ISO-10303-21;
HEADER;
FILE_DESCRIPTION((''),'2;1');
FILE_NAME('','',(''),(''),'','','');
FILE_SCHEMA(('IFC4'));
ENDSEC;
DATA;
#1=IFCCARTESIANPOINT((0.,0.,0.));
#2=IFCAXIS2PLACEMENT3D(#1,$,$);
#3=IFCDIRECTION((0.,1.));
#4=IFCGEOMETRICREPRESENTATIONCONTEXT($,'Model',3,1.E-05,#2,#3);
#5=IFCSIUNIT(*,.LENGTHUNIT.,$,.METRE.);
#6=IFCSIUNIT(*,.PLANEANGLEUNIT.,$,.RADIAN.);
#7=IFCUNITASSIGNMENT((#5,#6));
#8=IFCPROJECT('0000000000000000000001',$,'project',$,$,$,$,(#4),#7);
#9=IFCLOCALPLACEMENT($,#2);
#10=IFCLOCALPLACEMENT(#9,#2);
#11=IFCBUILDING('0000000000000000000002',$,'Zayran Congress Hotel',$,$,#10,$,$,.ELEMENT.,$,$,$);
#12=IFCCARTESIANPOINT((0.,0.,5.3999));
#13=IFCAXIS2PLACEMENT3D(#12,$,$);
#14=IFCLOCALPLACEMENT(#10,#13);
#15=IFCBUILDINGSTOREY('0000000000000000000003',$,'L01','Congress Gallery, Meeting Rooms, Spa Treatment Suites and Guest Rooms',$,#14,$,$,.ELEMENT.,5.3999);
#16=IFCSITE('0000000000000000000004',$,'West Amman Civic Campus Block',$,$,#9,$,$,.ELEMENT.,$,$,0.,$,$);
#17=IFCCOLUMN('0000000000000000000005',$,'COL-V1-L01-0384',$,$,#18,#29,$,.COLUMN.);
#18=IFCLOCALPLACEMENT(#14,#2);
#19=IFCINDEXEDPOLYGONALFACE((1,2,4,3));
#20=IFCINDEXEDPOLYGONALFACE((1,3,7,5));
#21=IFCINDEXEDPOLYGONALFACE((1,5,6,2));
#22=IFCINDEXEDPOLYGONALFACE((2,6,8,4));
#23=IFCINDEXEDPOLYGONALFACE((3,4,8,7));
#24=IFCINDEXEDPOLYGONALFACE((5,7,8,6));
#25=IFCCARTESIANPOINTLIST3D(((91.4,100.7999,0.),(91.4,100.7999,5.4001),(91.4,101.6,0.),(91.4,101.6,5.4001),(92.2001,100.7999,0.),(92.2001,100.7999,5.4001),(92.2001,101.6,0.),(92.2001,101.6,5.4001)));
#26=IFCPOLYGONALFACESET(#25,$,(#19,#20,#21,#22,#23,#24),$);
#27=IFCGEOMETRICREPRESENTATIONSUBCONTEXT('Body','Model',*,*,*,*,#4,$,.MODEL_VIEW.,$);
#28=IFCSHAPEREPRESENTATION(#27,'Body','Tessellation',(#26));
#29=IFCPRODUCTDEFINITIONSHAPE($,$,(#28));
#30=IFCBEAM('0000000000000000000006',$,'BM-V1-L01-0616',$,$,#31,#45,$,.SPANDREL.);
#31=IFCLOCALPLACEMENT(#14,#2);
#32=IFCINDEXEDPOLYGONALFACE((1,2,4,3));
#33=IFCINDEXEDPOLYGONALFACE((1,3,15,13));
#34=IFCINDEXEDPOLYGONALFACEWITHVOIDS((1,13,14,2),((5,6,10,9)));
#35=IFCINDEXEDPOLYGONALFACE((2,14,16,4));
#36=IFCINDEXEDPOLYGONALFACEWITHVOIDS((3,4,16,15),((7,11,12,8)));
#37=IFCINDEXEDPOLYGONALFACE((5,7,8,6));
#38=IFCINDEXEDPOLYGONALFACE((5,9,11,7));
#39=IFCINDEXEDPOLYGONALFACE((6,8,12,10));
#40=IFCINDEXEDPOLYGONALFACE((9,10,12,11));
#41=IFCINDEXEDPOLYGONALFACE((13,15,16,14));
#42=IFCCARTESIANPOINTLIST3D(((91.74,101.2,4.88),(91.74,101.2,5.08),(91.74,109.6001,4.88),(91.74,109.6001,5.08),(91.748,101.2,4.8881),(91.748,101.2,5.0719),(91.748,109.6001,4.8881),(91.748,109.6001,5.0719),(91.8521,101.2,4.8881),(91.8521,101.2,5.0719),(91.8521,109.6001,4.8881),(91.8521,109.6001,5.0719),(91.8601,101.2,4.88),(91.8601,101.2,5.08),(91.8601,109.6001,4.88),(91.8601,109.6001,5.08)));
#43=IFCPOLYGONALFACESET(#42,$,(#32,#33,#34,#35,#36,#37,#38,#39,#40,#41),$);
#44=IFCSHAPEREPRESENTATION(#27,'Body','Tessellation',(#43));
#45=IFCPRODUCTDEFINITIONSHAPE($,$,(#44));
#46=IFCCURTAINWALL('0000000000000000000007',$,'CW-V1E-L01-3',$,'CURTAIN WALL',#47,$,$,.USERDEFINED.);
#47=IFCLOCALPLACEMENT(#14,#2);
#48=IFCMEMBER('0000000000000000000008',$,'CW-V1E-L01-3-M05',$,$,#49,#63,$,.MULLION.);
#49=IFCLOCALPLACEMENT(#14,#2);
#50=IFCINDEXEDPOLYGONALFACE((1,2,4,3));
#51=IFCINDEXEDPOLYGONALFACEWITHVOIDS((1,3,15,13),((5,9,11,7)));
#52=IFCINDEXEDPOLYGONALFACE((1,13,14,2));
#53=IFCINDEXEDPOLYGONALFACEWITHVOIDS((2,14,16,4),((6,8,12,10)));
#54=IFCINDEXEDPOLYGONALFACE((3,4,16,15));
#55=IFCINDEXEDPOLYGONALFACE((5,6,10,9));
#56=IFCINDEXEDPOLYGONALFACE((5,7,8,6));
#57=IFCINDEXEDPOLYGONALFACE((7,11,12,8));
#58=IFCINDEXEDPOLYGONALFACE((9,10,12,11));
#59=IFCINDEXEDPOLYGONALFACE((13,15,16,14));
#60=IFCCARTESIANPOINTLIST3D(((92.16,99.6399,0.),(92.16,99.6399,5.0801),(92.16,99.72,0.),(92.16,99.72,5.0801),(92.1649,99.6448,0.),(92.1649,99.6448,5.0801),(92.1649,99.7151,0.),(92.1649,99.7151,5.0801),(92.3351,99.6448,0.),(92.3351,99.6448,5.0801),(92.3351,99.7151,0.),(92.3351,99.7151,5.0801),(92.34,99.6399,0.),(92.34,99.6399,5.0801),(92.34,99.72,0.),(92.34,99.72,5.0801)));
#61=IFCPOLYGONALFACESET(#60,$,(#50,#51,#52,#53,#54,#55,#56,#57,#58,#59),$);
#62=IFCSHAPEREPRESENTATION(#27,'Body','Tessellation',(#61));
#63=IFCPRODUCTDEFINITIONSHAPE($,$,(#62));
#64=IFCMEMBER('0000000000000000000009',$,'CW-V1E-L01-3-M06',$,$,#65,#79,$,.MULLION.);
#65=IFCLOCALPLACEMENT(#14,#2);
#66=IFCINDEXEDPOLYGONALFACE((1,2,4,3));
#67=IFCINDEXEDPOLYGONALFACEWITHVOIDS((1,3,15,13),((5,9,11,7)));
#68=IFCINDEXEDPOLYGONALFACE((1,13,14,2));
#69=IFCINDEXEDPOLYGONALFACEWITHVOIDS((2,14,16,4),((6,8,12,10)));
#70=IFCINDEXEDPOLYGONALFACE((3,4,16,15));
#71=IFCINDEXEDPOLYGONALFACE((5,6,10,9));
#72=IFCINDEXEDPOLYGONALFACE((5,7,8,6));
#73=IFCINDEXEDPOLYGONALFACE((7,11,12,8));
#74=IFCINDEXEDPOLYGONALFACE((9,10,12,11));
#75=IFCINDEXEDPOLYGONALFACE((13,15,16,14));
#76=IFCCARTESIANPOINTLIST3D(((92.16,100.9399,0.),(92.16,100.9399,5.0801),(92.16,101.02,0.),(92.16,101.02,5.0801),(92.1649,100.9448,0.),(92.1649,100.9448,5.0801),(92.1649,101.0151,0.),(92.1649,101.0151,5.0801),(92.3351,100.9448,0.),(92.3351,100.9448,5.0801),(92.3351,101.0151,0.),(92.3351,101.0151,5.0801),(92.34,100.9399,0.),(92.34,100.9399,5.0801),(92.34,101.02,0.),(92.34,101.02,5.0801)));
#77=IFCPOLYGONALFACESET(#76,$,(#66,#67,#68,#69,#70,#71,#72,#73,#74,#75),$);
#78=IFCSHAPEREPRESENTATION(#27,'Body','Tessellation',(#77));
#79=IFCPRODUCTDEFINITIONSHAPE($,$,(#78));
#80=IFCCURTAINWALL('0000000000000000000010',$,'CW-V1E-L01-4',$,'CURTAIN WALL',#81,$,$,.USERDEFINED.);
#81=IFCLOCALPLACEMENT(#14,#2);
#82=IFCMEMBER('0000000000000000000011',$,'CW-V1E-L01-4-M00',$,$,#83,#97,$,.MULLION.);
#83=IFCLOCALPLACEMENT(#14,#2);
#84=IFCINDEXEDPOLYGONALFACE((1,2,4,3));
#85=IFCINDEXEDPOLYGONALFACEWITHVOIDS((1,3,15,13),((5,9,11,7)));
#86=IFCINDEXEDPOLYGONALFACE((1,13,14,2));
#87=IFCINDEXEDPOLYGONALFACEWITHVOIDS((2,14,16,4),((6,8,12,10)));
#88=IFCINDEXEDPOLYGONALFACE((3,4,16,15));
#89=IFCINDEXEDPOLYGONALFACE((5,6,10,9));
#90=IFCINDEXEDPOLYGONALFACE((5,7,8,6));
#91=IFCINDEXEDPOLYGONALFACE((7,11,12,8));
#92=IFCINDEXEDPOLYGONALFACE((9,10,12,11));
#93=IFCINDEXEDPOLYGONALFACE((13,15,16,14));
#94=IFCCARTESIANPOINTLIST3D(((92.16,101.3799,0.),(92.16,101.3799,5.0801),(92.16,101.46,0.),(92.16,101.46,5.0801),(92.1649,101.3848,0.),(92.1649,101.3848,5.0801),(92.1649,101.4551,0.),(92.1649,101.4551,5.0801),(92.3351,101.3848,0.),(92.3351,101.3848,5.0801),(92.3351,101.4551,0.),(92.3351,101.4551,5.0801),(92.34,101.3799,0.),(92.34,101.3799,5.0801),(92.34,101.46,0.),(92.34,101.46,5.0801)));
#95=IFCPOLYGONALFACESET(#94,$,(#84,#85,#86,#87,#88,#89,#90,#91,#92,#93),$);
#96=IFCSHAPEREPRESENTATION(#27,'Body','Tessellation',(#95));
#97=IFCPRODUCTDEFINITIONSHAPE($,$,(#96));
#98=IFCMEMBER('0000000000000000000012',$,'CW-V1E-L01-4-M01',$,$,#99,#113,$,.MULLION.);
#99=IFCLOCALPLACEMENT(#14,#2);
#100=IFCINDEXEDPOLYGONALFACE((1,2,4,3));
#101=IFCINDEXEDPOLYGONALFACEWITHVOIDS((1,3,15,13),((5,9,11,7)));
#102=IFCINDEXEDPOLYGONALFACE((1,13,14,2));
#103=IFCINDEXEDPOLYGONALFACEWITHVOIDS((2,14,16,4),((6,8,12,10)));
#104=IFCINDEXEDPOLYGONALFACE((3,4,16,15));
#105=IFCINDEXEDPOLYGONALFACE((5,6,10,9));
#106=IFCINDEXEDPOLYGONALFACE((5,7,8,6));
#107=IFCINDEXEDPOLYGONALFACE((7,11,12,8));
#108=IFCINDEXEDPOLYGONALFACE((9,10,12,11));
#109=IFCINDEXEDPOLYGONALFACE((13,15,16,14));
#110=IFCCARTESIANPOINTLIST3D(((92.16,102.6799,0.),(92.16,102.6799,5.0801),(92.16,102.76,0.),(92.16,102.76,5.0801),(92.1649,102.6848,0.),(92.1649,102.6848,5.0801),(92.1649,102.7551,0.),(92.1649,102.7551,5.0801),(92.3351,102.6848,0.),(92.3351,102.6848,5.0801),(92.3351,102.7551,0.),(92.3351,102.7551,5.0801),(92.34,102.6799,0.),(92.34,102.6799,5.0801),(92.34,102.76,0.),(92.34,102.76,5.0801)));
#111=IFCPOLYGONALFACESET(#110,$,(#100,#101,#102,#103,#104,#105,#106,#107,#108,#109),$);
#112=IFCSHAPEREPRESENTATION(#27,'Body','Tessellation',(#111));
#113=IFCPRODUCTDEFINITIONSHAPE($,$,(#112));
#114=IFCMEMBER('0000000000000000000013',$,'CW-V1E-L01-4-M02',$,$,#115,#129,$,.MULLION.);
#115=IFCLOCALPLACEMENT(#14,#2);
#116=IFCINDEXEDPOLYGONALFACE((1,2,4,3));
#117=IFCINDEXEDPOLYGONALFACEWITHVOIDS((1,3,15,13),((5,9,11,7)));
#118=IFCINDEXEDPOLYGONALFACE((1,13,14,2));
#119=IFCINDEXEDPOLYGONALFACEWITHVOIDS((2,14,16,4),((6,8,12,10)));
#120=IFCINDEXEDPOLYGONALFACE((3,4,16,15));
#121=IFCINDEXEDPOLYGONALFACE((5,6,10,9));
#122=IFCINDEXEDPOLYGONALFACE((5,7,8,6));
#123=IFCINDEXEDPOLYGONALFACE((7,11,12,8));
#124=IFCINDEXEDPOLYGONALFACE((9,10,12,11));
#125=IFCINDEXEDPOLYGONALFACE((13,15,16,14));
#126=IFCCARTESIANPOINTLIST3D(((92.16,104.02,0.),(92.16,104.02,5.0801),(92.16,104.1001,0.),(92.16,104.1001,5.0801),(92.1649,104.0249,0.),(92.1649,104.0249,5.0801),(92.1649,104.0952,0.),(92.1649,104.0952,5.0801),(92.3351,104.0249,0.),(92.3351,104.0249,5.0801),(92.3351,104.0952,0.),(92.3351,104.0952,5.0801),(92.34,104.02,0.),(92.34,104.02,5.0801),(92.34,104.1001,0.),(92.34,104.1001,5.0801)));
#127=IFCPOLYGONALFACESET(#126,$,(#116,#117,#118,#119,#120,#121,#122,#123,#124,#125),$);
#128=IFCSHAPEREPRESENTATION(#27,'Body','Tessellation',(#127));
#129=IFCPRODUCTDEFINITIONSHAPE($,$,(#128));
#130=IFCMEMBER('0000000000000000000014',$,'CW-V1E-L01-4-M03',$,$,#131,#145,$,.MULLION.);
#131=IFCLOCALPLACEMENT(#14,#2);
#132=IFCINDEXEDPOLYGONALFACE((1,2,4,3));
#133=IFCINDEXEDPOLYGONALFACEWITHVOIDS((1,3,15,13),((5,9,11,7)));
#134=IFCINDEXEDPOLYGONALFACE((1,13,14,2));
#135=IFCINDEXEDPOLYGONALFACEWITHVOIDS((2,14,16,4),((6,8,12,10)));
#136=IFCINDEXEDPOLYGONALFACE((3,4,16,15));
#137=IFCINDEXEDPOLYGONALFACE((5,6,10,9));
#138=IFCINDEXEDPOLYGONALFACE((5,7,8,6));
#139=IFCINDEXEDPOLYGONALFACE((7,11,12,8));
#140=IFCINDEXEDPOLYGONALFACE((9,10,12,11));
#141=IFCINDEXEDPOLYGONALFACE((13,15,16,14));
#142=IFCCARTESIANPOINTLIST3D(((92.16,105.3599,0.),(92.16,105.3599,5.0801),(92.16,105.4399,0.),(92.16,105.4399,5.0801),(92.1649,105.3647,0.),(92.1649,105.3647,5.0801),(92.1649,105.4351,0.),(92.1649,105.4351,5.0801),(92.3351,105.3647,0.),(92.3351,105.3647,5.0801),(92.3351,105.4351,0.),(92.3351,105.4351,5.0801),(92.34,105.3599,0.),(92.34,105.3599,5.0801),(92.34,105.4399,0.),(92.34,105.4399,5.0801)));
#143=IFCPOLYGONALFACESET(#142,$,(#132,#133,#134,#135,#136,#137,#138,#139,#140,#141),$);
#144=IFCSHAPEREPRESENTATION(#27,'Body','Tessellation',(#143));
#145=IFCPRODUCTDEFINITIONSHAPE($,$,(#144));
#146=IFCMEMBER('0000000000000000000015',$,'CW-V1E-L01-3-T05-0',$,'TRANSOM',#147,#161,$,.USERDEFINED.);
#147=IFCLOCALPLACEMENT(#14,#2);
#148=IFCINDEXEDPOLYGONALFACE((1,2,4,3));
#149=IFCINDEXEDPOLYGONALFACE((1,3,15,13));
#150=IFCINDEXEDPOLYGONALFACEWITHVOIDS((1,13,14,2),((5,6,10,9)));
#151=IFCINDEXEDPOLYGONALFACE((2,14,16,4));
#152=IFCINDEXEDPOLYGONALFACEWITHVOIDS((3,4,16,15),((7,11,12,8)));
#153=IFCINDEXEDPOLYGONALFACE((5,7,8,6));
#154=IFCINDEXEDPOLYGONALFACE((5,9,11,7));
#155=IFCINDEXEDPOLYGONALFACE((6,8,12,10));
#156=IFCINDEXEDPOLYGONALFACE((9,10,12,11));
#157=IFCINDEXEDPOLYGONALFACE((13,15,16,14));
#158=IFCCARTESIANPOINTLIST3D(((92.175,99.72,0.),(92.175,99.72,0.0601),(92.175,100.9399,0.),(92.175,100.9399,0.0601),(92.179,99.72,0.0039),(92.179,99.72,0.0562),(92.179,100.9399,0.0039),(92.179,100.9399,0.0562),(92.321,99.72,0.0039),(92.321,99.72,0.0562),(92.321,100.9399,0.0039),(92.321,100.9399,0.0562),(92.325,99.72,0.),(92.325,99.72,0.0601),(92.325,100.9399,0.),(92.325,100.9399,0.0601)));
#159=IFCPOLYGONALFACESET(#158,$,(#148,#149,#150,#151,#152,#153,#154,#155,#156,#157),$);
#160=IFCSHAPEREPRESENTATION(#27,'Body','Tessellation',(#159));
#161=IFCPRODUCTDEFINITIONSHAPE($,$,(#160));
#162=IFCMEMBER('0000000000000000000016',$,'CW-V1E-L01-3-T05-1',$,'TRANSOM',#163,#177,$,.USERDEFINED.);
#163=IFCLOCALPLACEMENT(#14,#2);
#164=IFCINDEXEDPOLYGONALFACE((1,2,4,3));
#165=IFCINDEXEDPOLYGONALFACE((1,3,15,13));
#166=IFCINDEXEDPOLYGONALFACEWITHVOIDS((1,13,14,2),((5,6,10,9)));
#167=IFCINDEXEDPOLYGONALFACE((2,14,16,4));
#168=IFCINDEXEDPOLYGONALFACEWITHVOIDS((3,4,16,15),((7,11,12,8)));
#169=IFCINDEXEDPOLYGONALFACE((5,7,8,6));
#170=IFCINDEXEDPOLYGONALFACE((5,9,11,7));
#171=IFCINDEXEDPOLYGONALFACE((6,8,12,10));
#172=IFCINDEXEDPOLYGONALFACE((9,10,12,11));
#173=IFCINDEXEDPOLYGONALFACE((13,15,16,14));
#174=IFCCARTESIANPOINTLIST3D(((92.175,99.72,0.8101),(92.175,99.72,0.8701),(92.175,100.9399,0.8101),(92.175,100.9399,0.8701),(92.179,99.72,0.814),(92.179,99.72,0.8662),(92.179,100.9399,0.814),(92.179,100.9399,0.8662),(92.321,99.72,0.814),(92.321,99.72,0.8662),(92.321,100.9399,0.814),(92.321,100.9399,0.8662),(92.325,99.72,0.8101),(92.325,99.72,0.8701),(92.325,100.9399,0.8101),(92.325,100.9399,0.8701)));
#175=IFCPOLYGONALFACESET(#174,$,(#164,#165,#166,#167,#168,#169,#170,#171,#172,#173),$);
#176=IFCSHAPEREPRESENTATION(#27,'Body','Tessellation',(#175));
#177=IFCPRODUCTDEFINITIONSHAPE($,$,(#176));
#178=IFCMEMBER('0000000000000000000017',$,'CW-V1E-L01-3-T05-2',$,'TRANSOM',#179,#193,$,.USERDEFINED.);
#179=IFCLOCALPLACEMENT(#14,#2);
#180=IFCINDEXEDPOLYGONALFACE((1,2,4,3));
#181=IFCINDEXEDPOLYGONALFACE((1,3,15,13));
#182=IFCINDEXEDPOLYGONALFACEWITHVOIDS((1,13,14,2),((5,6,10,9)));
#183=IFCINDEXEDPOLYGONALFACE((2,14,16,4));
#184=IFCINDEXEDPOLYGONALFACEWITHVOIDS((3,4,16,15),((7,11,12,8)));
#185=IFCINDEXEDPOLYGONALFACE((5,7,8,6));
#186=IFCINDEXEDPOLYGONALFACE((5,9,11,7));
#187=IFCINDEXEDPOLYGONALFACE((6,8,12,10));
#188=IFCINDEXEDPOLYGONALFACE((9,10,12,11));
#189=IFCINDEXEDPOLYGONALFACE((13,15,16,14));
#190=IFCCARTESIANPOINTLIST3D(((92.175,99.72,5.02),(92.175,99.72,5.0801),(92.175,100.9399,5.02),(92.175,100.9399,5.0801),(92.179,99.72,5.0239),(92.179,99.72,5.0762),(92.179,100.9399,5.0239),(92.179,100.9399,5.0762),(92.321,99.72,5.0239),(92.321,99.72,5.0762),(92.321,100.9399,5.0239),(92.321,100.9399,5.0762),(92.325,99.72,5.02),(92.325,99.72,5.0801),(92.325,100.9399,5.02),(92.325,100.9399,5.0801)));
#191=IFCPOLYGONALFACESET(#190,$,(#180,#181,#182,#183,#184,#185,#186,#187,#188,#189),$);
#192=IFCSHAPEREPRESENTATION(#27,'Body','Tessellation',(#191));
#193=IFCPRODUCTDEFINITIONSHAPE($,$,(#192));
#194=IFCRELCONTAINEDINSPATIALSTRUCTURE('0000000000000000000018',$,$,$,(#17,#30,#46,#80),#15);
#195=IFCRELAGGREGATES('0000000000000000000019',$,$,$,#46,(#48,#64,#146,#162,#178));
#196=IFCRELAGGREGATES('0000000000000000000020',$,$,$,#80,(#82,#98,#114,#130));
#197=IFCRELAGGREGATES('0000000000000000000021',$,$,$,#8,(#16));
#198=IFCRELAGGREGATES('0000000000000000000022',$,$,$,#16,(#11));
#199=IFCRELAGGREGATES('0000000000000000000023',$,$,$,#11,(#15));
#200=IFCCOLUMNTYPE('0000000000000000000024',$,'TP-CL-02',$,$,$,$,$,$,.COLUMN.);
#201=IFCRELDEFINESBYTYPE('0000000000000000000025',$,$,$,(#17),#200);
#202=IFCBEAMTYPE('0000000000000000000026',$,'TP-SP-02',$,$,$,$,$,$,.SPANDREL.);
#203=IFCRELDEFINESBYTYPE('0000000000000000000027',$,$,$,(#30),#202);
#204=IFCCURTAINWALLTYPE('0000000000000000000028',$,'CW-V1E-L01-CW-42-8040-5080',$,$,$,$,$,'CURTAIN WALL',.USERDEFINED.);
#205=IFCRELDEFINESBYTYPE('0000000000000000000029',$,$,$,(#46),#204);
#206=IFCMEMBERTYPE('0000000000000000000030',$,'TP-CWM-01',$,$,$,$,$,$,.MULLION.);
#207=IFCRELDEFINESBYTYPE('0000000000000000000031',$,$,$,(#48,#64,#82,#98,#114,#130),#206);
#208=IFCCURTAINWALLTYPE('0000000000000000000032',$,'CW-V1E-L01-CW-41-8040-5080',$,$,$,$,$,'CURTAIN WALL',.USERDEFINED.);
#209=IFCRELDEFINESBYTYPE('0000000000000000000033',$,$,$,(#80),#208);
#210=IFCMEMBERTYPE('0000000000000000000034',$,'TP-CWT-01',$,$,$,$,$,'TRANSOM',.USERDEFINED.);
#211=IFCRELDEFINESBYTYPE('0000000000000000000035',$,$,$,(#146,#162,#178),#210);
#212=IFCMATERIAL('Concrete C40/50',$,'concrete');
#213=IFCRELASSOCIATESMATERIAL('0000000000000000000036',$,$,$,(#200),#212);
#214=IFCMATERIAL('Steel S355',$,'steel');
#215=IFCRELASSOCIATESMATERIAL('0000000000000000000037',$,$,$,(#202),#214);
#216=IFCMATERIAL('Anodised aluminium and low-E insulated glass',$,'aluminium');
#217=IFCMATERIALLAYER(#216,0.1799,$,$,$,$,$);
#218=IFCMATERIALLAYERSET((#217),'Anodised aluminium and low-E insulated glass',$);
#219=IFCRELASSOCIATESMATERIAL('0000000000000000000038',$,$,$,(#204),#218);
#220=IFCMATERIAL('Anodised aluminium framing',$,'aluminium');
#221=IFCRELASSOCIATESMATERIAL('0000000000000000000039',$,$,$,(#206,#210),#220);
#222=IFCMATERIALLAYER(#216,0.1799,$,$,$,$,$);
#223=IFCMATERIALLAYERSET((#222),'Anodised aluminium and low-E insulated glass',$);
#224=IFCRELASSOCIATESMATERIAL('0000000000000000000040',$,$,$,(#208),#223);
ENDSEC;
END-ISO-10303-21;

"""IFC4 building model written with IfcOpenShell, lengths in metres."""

from ifc_helpers import new_model, si_unit, direction, frame, origin, origin_2d, place, context, subcontext, project, spatial, rectangle, hollow_rectangle, extrude, material, layer, layer_set, material_profile, profile_set, type_object, element, aggregate, save


model = new_model("IFC4")

# Units and contexts
model_context = context("Model", 3, precision=1e-05, world=origin(), true_north=direction((0.0, 1.0)))
body_context = subcontext(model_context, "Body", "Model", "MODEL_VIEW")
ifc_project = project(units=[si_unit("LENGTHUNIT", "METRE"), si_unit("PLANEANGLEUNIT", "RADIAN")], contexts=[model_context])

# Site, building, storey
site_placement = place(None, origin())
site = spatial("IfcSite", under=ifc_project, at=site_placement, Name="West Amman Civic Campus Block", CompositionType="ELEMENT", RefElevation=0.0)
building_placement = place(site_placement, origin())
building = spatial("IfcBuilding", under=site, at=building_placement, Name="Zayran Congress Hotel", CompositionType="ELEMENT")
storey_placement = place(building_placement, frame((0.0, 0.0, 5.3999)))
storey = spatial("IfcBuildingStorey", under=building, at=storey_placement, Name="L01", Description="Congress Gallery, Meeting Rooms, Spa Treatment Suites and Guest Rooms", CompositionType="ELEMENT", Elevation=5.3999)

# Column
ifc_material_1 = material(Name="Concrete C40/50", Category="concrete")
ifc_material_profile_1 = material_profile(ifc_material_1, rectangle(XDim=0.8, YDim=0.8, at=origin_2d()), Name="RC 800x800")
ifc_profile_set_1 = profile_set([ifc_material_profile_1], Name="Concrete C40/50")
column_type = type_object("IfcColumnType", Name="TP-CL-02", PredefinedType="COLUMN", material=ifc_profile_set_1)
column_placement = place(storey_placement, frame((91.8, 101.2, 0.0), z_axis=(0.0, 0.0, 1.0), x_axis=(1.0, 0.0, 0.0)))
element("IfcColumn", 1, at=column_placement, inside=storey, type_object=column_type, Name="COL-V1-L01-0384", PredefinedType="COLUMN", context=body_context, shape_type="SweptSolid", body=[
    extrude(rectangle(XDim=0.8, YDim=0.8, at=origin_2d()), origin(), (0.0, 0.0, 1.0), 5.4001),
])

# Beam
ifc_material_2 = material(Name="Steel S355", Category="steel")
ifc_material_profile_2 = material_profile(ifc_material_2, hollow_rectangle(XDim=0.1201, YDim=0.2, WallThickness=0.0081, at=origin_2d()), Name="RHS 200x120x8")
ifc_profile_set_2 = profile_set([ifc_material_profile_2], Name="Steel S355")
beam_type = type_object("IfcBeamType", Name="TP-SP-02", PredefinedType="SPANDREL", material=ifc_profile_set_2)
beam_placement = place(storey_placement, frame((91.8, 101.2, 4.98), z_axis=(0.0, 1.0, 0.0), x_axis=(-1.0, 0.0, 0.0)))
element("IfcBeam", 2, at=beam_placement, inside=storey, type_object=beam_type, Name="BM-V1-L01-0616", PredefinedType="SPANDREL", context=body_context, shape_type="SweptSolid", body=[
    extrude(hollow_rectangle(XDim=0.1201, YDim=0.2, WallThickness=0.0081, at=origin_2d()), origin(), (0.0, 0.0, 1.0), 8.4001),
])

# Curtain walls, members
ifc_material_3 = material(Name="Anodised aluminium and low-E insulated glass", Category="aluminium")
ifc_layer_1 = layer(ifc_material_3, 0.1799)
ifc_layer_set_1 = layer_set([ifc_layer_1], Name="Anodised aluminium and low-E insulated glass")
curtain_wall_type_1 = type_object("IfcCurtainWallType", Name="CW-V1E-L01-CW-42-8040-5080", ElementType="CURTAIN WALL", PredefinedType="USERDEFINED", material=ifc_layer_set_1)
curtain_wall_1_placement = place(storey_placement, origin())
curtain_wall_1 = element("IfcCurtainWall", 3, at=curtain_wall_1_placement, inside=storey, type_object=curtain_wall_type_1, Name="CW-V1E-L01-3", ObjectType="CURTAIN WALL", PredefinedType="USERDEFINED")
ifc_material_4 = material(Name="Anodised aluminium framing", Category="aluminium")
ifc_material_profile_3 = material_profile(ifc_material_4, hollow_rectangle(XDim=0.0801, YDim=0.1799, WallThickness=0.0049, at=origin_2d()), Name="RHS 180x80x5")
ifc_profile_set_3 = profile_set([ifc_material_profile_3], Name="Anodised aluminium framing")
member_type_1 = type_object("IfcMemberType", Name="TP-CWM-01", PredefinedType="MULLION", material=ifc_profile_set_3)
member_1_placement = place(storey_placement, frame((92.25, 99.6799, 0.0), z_axis=(0.0, 0.0, 1.0), x_axis=(0.0, 1.0, 0.0)))
member_1 = element("IfcMember", 4, at=member_1_placement, type_object=member_type_1, Name="CW-V1E-L01-3-M05", PredefinedType="MULLION", context=body_context, shape_type="SweptSolid", body=[
    extrude(hollow_rectangle(XDim=0.0801, YDim=0.1799, WallThickness=0.0049, at=origin_2d()), origin(), (0.0, 0.0, 1.0), 5.0801),
])
member_2_placement = place(storey_placement, frame((92.25, 100.98, 0.0), z_axis=(0.0, 0.0, 1.0), x_axis=(0.0, 1.0, 0.0)))
member_2 = element("IfcMember", 5, at=member_2_placement, type_object=member_type_1, Name="CW-V1E-L01-3-M06", PredefinedType="MULLION", context=body_context, shape_type="SweptSolid", body=[
    extrude(hollow_rectangle(XDim=0.0801, YDim=0.1799, WallThickness=0.0049, at=origin_2d()), origin(), (0.0, 0.0, 1.0), 5.0801),
])
ifc_layer_2 = layer(ifc_material_3, 0.1799)
ifc_layer_set_2 = layer_set([ifc_layer_2], Name="Anodised aluminium and low-E insulated glass")
curtain_wall_type_2 = type_object("IfcCurtainWallType", Name="CW-V1E-L01-CW-41-8040-5080", ElementType="CURTAIN WALL", PredefinedType="USERDEFINED", material=ifc_layer_set_2)
curtain_wall_2_placement = place(storey_placement, origin())
curtain_wall_2 = element("IfcCurtainWall", 6, at=curtain_wall_2_placement, inside=storey, type_object=curtain_wall_type_2, Name="CW-V1E-L01-4", ObjectType="CURTAIN WALL", PredefinedType="USERDEFINED")
member_3_placement = place(storey_placement, frame((92.25, 101.4199, 0.0), z_axis=(0.0, 0.0, 1.0), x_axis=(0.0, 1.0, 0.0)))
member_3 = element("IfcMember", 7, at=member_3_placement, type_object=member_type_1, Name="CW-V1E-L01-4-M00", PredefinedType="MULLION", context=body_context, shape_type="SweptSolid", body=[
    extrude(hollow_rectangle(XDim=0.0801, YDim=0.1799, WallThickness=0.0049, at=origin_2d()), origin(), (0.0, 0.0, 1.0), 5.0801),
])
member_4_placement = place(storey_placement, frame((92.25, 102.72, 0.0), z_axis=(0.0, 0.0, 1.0), x_axis=(0.0, 1.0, 0.0)))
member_4 = element("IfcMember", 8, at=member_4_placement, type_object=member_type_1, Name="CW-V1E-L01-4-M01", PredefinedType="MULLION", context=body_context, shape_type="SweptSolid", body=[
    extrude(hollow_rectangle(XDim=0.0801, YDim=0.1799, WallThickness=0.0049, at=origin_2d()), origin(), (0.0, 0.0, 1.0), 5.0801),
])
member_5_placement = place(storey_placement, frame((92.25, 104.0601, 0.0), z_axis=(0.0, 0.0, 1.0), x_axis=(0.0, 1.0, 0.0)))
member_5 = element("IfcMember", 9, at=member_5_placement, type_object=member_type_1, Name="CW-V1E-L01-4-M02", PredefinedType="MULLION", context=body_context, shape_type="SweptSolid", body=[
    extrude(hollow_rectangle(XDim=0.0801, YDim=0.1799, WallThickness=0.0049, at=origin_2d()), origin(), (0.0, 0.0, 1.0), 5.0801),
])
member_6_placement = place(storey_placement, frame((92.25, 105.3999, 0.0), z_axis=(0.0, 0.0, 1.0), x_axis=(0.0, 1.0, 0.0)))
member_6 = element("IfcMember", 10, at=member_6_placement, type_object=member_type_1, Name="CW-V1E-L01-4-M03", PredefinedType="MULLION", context=body_context, shape_type="SweptSolid", body=[
    extrude(hollow_rectangle(XDim=0.0801, YDim=0.1799, WallThickness=0.0049, at=origin_2d()), origin(), (0.0, 0.0, 1.0), 5.0801),
])

# Members
ifc_material_profile_4 = material_profile(ifc_material_4, hollow_rectangle(XDim=0.0601, YDim=0.1499, WallThickness=0.0039, at=origin_2d()), Name="RHS 150x60x4")
ifc_profile_set_4 = profile_set([ifc_material_profile_4], Name="Anodised aluminium framing")
member_type_2 = type_object("IfcMemberType", Name="TP-CWT-01", ElementType="TRANSOM", PredefinedType="USERDEFINED", material=ifc_profile_set_4)
member_7_placement = place(storey_placement, frame((92.25, 99.72, 0.03), z_axis=(0.0, 1.0, 0.0), x_axis=(0.0, 0.0, 1.0)))
member_7 = element("IfcMember", 11, at=member_7_placement, type_object=member_type_2, Name="CW-V1E-L01-3-T05-0", ObjectType="TRANSOM", PredefinedType="USERDEFINED", context=body_context, shape_type="SweptSolid", body=[
    extrude(hollow_rectangle(XDim=0.0601, YDim=0.1499, WallThickness=0.0039, at=origin_2d()), origin(), (0.0, 0.0, 1.0), 1.22),
])
member_8_placement = place(storey_placement, frame((92.25, 99.72, 0.8401), z_axis=(0.0, 1.0, 0.0), x_axis=(0.0, 0.0, 1.0)))
member_8 = element("IfcMember", 12, at=member_8_placement, type_object=member_type_2, Name="CW-V1E-L01-3-T05-1", ObjectType="TRANSOM", PredefinedType="USERDEFINED", context=body_context, shape_type="SweptSolid", body=[
    extrude(hollow_rectangle(XDim=0.0601, YDim=0.1499, WallThickness=0.0039, at=origin_2d()), origin(), (0.0, 0.0, 1.0), 1.22),
])
member_9_placement = place(storey_placement, frame((92.25, 99.72, 5.05), z_axis=(0.0, 1.0, 0.0), x_axis=(0.0, 0.0, 1.0)))
member_9 = element("IfcMember", 13, at=member_9_placement, type_object=member_type_2, Name="CW-V1E-L01-3-T05-2", ObjectType="TRANSOM", PredefinedType="USERDEFINED", context=body_context, shape_type="SweptSolid", body=[
    extrude(hollow_rectangle(XDim=0.0601, YDim=0.1499, WallThickness=0.0039, at=origin_2d()), origin(), (0.0, 0.0, 1.0), 1.22),
])

aggregate(curtain_wall_1, [member_1, member_2, member_7, member_8, member_9])
aggregate(curtain_wall_2, [member_3, member_4, member_5, member_6])

save(model, "model.ifc")
